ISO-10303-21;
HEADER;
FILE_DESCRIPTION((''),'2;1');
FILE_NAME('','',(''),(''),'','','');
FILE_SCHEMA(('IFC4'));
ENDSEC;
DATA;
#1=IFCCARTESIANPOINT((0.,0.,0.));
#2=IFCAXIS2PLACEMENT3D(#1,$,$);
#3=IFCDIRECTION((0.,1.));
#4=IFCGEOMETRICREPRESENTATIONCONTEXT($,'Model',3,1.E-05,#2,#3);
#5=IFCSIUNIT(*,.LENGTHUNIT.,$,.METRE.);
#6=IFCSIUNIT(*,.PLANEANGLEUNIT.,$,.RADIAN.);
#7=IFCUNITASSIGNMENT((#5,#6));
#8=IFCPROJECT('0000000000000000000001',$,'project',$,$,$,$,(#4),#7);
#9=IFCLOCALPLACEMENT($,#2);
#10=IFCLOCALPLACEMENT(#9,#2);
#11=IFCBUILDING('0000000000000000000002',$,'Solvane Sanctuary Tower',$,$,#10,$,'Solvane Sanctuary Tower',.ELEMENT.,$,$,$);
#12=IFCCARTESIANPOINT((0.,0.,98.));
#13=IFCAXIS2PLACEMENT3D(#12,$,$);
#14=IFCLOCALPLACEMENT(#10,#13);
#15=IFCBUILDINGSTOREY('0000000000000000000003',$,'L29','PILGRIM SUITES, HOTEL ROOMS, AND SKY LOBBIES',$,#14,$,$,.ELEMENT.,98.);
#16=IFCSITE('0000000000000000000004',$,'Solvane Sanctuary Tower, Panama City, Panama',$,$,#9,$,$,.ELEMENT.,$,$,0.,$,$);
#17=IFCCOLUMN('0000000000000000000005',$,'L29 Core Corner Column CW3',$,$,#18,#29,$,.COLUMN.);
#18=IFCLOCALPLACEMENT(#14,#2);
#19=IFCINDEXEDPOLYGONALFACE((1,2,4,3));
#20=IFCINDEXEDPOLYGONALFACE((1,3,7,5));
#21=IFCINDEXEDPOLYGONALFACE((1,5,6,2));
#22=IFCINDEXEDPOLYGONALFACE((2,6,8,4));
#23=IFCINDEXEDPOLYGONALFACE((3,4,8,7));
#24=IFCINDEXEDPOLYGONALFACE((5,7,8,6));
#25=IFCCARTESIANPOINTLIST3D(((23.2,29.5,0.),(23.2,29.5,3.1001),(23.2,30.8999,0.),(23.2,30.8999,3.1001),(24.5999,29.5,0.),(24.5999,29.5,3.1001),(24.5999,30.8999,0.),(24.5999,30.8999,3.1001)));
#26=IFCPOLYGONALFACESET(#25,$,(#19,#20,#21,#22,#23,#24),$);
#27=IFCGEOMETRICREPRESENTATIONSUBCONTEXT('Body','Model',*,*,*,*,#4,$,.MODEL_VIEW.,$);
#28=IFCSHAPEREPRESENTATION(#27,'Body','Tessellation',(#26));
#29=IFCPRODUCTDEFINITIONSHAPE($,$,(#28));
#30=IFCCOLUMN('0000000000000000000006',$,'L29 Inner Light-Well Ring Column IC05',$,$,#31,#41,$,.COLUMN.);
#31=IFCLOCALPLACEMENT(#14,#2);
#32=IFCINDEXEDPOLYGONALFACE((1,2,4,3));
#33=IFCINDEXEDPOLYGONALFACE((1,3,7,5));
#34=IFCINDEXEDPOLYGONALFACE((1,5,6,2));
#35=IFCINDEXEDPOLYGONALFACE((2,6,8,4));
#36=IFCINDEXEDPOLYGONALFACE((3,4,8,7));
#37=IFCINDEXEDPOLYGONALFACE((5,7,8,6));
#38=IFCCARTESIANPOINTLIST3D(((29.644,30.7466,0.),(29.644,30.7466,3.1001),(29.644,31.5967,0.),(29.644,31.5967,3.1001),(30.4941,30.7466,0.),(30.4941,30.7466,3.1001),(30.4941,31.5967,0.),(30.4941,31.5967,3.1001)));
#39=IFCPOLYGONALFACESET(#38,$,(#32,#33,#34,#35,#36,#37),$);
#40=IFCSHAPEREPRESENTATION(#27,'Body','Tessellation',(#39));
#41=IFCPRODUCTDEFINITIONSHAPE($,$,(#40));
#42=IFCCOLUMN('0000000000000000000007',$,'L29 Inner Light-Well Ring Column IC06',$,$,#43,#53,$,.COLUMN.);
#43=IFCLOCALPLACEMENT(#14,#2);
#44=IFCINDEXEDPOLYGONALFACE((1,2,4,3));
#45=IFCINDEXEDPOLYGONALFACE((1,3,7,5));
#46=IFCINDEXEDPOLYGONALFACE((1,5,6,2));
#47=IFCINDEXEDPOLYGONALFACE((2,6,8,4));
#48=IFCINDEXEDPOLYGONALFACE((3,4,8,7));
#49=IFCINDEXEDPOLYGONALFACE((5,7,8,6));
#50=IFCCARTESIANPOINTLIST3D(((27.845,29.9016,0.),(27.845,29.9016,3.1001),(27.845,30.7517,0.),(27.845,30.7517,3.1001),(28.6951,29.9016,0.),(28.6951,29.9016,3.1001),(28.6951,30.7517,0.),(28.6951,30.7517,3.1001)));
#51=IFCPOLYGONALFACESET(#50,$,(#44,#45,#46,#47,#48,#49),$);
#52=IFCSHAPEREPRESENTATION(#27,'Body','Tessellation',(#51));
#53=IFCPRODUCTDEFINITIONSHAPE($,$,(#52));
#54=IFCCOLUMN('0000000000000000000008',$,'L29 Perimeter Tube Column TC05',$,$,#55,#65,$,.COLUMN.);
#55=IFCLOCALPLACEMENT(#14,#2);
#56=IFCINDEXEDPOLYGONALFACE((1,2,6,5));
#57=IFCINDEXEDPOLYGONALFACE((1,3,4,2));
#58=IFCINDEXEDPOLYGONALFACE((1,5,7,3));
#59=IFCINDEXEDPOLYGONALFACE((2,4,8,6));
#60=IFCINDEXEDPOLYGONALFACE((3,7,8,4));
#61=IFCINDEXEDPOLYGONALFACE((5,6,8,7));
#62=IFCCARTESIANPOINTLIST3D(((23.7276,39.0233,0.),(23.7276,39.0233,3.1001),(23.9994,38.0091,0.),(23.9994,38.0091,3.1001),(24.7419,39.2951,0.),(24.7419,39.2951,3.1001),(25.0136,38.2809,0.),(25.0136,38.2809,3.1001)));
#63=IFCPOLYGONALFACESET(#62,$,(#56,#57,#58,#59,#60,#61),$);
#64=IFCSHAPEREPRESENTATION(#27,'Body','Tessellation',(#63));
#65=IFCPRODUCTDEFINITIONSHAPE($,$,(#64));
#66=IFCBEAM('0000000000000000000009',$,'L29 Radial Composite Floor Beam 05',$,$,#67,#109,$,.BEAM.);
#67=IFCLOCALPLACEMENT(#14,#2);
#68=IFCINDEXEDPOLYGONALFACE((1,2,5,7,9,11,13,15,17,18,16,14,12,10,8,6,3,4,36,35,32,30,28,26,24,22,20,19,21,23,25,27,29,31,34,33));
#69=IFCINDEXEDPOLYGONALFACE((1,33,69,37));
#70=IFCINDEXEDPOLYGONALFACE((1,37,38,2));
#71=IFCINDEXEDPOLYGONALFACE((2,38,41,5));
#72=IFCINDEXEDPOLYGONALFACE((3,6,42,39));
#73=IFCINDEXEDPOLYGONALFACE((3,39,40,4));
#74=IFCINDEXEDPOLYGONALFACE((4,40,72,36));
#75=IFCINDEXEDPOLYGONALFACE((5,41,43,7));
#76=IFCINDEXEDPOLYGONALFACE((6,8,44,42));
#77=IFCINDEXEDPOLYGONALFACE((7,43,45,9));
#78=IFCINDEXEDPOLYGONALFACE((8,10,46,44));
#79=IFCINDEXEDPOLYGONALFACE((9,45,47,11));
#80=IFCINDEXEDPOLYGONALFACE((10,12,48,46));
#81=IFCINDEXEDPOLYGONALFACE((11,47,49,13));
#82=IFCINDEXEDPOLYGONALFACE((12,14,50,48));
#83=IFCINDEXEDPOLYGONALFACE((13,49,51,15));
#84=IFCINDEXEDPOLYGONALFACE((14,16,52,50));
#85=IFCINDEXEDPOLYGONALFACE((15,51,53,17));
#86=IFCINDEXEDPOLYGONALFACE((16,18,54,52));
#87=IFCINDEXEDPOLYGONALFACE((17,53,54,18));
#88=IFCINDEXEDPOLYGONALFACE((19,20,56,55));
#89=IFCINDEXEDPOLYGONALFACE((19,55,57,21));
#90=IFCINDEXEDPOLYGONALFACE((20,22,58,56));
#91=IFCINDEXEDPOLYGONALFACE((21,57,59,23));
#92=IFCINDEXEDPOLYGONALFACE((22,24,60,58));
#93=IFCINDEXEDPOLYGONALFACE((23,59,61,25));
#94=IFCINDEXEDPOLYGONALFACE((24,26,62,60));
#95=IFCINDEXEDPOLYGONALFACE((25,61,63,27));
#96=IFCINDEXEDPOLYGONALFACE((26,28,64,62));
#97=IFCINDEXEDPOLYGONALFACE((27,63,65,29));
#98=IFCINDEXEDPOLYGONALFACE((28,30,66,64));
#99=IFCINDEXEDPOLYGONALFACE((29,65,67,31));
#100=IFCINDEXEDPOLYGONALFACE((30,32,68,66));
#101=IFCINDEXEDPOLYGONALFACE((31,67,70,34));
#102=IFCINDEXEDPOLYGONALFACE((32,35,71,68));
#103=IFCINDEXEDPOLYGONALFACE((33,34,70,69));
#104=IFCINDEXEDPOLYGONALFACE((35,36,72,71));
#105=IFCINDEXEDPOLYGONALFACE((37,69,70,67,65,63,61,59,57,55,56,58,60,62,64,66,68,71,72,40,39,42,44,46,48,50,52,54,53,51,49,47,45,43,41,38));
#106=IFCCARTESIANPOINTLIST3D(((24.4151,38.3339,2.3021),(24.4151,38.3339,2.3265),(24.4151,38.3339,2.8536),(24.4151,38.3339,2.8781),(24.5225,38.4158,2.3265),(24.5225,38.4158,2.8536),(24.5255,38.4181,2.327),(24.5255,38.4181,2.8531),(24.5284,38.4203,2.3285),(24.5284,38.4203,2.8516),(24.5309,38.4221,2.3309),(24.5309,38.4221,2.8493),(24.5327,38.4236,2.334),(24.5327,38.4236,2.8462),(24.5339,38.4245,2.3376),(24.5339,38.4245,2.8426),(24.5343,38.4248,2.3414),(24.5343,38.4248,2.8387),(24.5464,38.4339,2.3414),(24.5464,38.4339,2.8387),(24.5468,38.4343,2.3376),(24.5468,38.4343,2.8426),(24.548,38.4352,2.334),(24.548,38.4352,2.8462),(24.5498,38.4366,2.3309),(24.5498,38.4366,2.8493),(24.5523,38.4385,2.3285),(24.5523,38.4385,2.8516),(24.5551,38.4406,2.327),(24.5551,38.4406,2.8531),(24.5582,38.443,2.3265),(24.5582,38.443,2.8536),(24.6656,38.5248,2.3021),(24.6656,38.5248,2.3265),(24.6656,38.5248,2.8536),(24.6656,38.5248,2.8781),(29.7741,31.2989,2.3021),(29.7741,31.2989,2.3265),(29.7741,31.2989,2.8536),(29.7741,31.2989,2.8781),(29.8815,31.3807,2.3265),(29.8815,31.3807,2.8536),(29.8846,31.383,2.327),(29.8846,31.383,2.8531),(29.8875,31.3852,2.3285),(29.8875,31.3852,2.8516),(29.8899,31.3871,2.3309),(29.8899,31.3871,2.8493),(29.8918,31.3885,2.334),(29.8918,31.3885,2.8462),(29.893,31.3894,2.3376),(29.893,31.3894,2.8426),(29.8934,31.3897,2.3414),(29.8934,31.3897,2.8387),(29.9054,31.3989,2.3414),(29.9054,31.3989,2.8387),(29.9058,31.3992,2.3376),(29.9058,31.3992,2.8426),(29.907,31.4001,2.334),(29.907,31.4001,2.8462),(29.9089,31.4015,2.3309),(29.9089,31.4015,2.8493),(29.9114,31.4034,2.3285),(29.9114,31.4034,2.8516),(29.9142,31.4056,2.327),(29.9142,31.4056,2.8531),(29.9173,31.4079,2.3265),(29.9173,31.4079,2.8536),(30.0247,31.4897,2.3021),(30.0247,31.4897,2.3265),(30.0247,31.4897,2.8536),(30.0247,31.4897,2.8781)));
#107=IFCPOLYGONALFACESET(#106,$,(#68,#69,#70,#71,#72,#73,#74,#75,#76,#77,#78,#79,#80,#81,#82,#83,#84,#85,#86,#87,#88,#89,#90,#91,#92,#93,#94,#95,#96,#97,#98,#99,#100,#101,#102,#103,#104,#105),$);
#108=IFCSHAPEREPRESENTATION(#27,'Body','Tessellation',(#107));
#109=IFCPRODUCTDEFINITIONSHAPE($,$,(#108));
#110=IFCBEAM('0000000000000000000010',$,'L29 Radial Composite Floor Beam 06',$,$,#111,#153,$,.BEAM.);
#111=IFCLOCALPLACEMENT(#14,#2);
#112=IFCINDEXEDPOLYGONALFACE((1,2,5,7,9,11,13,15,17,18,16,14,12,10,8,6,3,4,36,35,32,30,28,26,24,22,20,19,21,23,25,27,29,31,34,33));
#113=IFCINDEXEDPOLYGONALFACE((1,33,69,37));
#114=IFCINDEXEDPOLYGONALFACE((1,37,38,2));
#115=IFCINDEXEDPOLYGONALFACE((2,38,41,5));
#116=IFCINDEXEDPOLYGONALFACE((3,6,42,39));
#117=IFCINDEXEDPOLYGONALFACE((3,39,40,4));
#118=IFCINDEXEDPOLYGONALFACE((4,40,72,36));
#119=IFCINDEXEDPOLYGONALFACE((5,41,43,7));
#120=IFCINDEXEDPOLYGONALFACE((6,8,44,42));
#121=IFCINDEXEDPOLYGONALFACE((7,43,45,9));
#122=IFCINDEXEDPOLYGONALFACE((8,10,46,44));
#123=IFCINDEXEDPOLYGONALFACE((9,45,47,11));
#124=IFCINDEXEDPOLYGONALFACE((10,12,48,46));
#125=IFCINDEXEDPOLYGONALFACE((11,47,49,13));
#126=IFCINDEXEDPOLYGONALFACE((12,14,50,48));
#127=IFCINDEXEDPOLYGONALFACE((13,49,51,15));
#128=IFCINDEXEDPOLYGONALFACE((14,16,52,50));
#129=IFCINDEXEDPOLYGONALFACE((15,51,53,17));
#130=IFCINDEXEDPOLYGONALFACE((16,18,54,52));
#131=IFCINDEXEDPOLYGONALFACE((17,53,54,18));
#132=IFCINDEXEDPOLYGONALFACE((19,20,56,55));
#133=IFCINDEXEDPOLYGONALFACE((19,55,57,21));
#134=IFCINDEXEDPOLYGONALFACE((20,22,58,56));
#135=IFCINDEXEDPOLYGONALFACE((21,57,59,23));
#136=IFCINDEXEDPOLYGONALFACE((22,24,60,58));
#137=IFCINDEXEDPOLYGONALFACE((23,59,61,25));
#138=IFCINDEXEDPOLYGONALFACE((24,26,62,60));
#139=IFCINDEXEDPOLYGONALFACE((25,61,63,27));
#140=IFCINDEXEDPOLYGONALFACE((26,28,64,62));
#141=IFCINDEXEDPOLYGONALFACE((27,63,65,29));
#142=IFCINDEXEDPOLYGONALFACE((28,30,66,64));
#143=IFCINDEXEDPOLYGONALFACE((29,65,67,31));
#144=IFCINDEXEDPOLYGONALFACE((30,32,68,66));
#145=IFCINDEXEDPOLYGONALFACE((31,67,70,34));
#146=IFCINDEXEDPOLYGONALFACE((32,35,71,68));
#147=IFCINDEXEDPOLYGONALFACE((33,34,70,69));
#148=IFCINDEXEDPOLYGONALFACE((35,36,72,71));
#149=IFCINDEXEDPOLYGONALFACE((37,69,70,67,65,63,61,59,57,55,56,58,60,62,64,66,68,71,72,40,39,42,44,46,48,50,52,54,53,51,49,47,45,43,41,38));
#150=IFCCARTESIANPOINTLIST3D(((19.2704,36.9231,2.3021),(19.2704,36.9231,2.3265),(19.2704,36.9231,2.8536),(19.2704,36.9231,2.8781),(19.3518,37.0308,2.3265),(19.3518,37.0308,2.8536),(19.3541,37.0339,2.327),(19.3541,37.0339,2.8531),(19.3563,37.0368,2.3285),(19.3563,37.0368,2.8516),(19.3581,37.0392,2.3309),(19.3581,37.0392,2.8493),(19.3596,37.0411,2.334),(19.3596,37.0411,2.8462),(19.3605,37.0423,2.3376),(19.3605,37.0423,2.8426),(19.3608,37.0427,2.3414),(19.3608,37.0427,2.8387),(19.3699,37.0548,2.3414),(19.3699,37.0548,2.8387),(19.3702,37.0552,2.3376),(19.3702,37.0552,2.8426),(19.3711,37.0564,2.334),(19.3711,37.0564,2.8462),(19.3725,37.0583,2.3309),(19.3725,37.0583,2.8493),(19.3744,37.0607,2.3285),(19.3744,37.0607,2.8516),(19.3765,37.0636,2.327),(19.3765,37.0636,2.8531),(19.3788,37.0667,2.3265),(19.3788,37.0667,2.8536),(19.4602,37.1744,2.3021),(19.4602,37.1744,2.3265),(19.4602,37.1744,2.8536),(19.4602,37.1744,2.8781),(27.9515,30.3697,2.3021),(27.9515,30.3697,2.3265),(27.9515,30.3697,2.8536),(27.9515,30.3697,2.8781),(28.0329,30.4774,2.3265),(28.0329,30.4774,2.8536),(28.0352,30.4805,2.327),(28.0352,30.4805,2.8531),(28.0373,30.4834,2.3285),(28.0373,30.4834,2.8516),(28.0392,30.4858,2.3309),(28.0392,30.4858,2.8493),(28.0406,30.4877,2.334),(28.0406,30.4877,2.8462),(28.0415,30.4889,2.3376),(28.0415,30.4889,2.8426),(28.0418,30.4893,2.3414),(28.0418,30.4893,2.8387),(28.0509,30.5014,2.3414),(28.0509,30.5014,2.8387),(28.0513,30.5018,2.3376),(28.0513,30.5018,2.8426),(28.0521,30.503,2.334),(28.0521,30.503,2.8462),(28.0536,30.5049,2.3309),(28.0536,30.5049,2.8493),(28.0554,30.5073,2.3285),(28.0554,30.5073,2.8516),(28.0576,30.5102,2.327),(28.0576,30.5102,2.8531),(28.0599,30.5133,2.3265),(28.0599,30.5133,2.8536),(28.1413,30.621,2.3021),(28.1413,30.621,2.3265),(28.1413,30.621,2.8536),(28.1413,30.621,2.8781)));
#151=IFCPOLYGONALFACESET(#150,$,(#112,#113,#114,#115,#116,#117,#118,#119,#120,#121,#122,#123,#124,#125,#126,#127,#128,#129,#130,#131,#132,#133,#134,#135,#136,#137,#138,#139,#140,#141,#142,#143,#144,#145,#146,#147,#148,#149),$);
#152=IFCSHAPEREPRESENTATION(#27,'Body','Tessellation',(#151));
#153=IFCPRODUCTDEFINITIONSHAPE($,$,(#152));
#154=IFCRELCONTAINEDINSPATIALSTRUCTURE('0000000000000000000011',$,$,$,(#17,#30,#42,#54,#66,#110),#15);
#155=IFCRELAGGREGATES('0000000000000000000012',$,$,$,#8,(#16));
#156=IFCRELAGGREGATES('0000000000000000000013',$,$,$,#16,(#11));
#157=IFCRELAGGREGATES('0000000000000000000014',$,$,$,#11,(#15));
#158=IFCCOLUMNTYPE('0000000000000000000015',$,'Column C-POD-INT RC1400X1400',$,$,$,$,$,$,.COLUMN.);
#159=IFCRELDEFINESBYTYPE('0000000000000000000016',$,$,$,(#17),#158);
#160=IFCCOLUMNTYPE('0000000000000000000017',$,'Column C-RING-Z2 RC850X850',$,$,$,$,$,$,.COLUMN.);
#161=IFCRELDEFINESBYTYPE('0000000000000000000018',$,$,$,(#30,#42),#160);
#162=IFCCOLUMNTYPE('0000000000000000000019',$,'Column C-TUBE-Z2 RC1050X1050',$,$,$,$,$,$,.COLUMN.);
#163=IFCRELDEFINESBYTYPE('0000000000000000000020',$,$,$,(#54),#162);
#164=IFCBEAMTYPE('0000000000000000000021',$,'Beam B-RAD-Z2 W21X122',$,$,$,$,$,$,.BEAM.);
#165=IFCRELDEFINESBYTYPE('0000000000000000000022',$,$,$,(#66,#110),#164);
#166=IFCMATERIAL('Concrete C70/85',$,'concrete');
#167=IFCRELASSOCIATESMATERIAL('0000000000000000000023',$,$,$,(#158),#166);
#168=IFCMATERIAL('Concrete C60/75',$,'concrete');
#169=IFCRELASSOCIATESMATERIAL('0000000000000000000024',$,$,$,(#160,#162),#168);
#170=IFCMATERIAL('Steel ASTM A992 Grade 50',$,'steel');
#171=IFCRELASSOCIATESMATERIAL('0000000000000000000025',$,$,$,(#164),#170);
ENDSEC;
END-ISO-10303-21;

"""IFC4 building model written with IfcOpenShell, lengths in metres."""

from ifc_helpers import new_model, si_unit, direction, frame, origin, origin_2d, place, context, subcontext, project, spatial, rectangle, i_section, extrude, material, material_profile, profile_set, type_object, element, save


model = new_model("IFC4")

# Units and contexts
model_context = context("Model", 3, precision=1e-05, world=origin(), true_north=direction((0.0, 1.0)))
body_context = subcontext(model_context, "Body", "Model", "MODEL_VIEW")
ifc_project = project(units=[si_unit("LENGTHUNIT", "METRE"), si_unit("PLANEANGLEUNIT", "RADIAN")], contexts=[model_context])

# Site, building, storey
site_placement = place(None, origin())
site = spatial("IfcSite", under=ifc_project, at=site_placement, Name="Solvane Sanctuary Tower, Panama City, Panama", CompositionType="ELEMENT", RefElevation=0.0)
building_placement = place(site_placement, origin())
building = spatial("IfcBuilding", under=site, at=building_placement, Name="Solvane Sanctuary Tower", LongName="Solvane Sanctuary Tower", CompositionType="ELEMENT")
storey_placement = place(building_placement, frame((0.0, 0.0, 98.0)))
storey = spatial("IfcBuildingStorey", under=building, at=storey_placement, Name="L29", Description="PILGRIM SUITES, HOTEL ROOMS, AND SKY LOBBIES", CompositionType="ELEMENT", Elevation=98.0)

# Columns
ifc_material_1 = material(Name="Concrete C70/85", Category="concrete")
ifc_material_profile_1 = material_profile(ifc_material_1, rectangle(XDim=1.3999, YDim=1.3999, at=origin_2d()), Name="RC1400X1400")
ifc_profile_set_1 = profile_set([ifc_material_profile_1], Name="Concrete C70/85")
column_type_1 = type_object("IfcColumnType", Name="Column C-POD-INT RC1400X1400", PredefinedType="COLUMN", material=ifc_profile_set_1)
column_1_placement = place(storey_placement, frame((23.8999, 30.2, 0.0), z_axis=(0.0, 0.0, 1.0), x_axis=(1.0, 0.0, 0.0)))
element("IfcColumn", 1, at=column_1_placement, inside=storey, type_object=column_type_1, Name="L29 Core Corner Column CW3", PredefinedType="COLUMN", context=body_context, shape_type="SweptSolid", body=[
    extrude(rectangle(XDim=1.3999, YDim=1.3999, at=origin_2d()), origin(), (0.0, 0.0, 1.0), 3.1001),
])
ifc_material_2 = material(Name="Concrete C60/75", Category="concrete")
ifc_material_profile_2 = material_profile(ifc_material_2, rectangle(XDim=0.8501, YDim=0.8501, at=origin_2d()), Name="RC850X850")
ifc_profile_set_2 = profile_set([ifc_material_profile_2], Name="Concrete C60/75")
column_type_2 = type_object("IfcColumnType", Name="Column C-RING-Z2 RC850X850", PredefinedType="COLUMN", material=ifc_profile_set_2)
for number, where, z_axis, x_axis, name in (
    (2, (30.0691, 31.1716, 0.0), (0.0, 0.0, 1.0), (1.0, 0.0, 0.0), "L29 Inner Light-Well Ring Column IC05"),
    (3, (28.27, 30.3267, 0.0), (0.0, 0.0, 1.0), (1.0, 0.0, 0.0), "L29 Inner Light-Well Ring Column IC06"),
):
    element("IfcColumn", number, at=place(storey_placement, frame(where, z_axis=z_axis, x_axis=x_axis)), inside=storey, type_object=column_type_2, Name=name, PredefinedType="COLUMN", context=body_context, shape_type="SweptSolid", body=[
        extrude(rectangle(XDim=0.8501, YDim=0.8501, at=origin_2d()), origin(), (0.0, 0.0, 1.0), 3.1001),
    ])
ifc_material_profile_3 = material_profile(ifc_material_2, rectangle(XDim=1.05, YDim=1.05, at=origin_2d()), Name="RC1050X1050")
ifc_profile_set_3 = profile_set([ifc_material_profile_3], Name="Concrete C60/75")
column_type_3 = type_object("IfcColumnType", Name="Column C-TUBE-Z2 RC1050X1050", PredefinedType="COLUMN", material=ifc_profile_set_3)
column_2_placement = place(storey_placement, frame((24.3706, 38.6521, 0.0), z_axis=(0.0, 0.0, 1.0), x_axis=(-0.258819, 0.965926, 0.0)))
element("IfcColumn", 4, at=column_2_placement, inside=storey, type_object=column_type_3, Name="L29 Perimeter Tube Column TC05", PredefinedType="COLUMN", context=body_context, shape_type="SweptSolid", body=[
    extrude(rectangle(XDim=1.05, YDim=1.05, at=origin_2d()), origin(), (0.0, 0.0, 1.0), 3.1001),
])

# Beams
ifc_material_3 = material(Name="Steel ASTM A992 Grade 50", Category="steel")
ifc_material_profile_4 = material_profile(ifc_material_3, i_section(OverallWidth=0.3149, OverallDepth=0.5759, WebThickness=0.0151, FlangeThickness=0.0244, FilletRadius=0.0149, at=origin_2d()), Name="W21X122")
ifc_profile_set_4 = profile_set([ifc_material_profile_4], Name="Steel ASTM A992 Grade 50")
beam_type_1 = type_object("IfcBeamType", Name="Beam B-RAD-Z2 W21X122", PredefinedType="BEAM", material=ifc_profile_set_4)
beam_1_placement = place(storey_placement, frame((29.8994, 31.3943, 2.5901), z_axis=(-0.605973, 0.795486, 0.0), x_axis=(-0.795486, -0.605973, 0.0)))
element("IfcBeam", 5, at=beam_1_placement, inside=storey, type_object=beam_type_1, Name="L29 Radial Composite Floor Beam 05", PredefinedType="BEAM", context=body_context, shape_type="SweptSolid", body=[
    extrude(i_section(OverallWidth=0.3149, OverallDepth=0.5759, WebThickness=0.0151, FlangeThickness=0.0244, FilletRadius=0.0149, at=origin_2d()), origin(), (0.0, 0.0, 1.0), 8.8438),
])
beam_2_placement = place(storey_placement, frame((28.0464, 30.4954, 2.5901), z_axis=(-0.798116, 0.602504, 0.0), x_axis=(-0.602504, -0.798116, 0.0)))
element("IfcBeam", 6, at=beam_2_placement, inside=storey, type_object=beam_type_1, Name="L29 Radial Composite Floor Beam 06", PredefinedType="BEAM", context=body_context, shape_type="SweptSolid", body=[
    extrude(i_section(OverallWidth=0.3149, OverallDepth=0.5759, WebThickness=0.0151, FlangeThickness=0.0244, FilletRadius=0.0149, at=origin_2d()), origin(), (0.0, 0.0, 1.0), 10.877),
])

save(model, "model.ifc")
